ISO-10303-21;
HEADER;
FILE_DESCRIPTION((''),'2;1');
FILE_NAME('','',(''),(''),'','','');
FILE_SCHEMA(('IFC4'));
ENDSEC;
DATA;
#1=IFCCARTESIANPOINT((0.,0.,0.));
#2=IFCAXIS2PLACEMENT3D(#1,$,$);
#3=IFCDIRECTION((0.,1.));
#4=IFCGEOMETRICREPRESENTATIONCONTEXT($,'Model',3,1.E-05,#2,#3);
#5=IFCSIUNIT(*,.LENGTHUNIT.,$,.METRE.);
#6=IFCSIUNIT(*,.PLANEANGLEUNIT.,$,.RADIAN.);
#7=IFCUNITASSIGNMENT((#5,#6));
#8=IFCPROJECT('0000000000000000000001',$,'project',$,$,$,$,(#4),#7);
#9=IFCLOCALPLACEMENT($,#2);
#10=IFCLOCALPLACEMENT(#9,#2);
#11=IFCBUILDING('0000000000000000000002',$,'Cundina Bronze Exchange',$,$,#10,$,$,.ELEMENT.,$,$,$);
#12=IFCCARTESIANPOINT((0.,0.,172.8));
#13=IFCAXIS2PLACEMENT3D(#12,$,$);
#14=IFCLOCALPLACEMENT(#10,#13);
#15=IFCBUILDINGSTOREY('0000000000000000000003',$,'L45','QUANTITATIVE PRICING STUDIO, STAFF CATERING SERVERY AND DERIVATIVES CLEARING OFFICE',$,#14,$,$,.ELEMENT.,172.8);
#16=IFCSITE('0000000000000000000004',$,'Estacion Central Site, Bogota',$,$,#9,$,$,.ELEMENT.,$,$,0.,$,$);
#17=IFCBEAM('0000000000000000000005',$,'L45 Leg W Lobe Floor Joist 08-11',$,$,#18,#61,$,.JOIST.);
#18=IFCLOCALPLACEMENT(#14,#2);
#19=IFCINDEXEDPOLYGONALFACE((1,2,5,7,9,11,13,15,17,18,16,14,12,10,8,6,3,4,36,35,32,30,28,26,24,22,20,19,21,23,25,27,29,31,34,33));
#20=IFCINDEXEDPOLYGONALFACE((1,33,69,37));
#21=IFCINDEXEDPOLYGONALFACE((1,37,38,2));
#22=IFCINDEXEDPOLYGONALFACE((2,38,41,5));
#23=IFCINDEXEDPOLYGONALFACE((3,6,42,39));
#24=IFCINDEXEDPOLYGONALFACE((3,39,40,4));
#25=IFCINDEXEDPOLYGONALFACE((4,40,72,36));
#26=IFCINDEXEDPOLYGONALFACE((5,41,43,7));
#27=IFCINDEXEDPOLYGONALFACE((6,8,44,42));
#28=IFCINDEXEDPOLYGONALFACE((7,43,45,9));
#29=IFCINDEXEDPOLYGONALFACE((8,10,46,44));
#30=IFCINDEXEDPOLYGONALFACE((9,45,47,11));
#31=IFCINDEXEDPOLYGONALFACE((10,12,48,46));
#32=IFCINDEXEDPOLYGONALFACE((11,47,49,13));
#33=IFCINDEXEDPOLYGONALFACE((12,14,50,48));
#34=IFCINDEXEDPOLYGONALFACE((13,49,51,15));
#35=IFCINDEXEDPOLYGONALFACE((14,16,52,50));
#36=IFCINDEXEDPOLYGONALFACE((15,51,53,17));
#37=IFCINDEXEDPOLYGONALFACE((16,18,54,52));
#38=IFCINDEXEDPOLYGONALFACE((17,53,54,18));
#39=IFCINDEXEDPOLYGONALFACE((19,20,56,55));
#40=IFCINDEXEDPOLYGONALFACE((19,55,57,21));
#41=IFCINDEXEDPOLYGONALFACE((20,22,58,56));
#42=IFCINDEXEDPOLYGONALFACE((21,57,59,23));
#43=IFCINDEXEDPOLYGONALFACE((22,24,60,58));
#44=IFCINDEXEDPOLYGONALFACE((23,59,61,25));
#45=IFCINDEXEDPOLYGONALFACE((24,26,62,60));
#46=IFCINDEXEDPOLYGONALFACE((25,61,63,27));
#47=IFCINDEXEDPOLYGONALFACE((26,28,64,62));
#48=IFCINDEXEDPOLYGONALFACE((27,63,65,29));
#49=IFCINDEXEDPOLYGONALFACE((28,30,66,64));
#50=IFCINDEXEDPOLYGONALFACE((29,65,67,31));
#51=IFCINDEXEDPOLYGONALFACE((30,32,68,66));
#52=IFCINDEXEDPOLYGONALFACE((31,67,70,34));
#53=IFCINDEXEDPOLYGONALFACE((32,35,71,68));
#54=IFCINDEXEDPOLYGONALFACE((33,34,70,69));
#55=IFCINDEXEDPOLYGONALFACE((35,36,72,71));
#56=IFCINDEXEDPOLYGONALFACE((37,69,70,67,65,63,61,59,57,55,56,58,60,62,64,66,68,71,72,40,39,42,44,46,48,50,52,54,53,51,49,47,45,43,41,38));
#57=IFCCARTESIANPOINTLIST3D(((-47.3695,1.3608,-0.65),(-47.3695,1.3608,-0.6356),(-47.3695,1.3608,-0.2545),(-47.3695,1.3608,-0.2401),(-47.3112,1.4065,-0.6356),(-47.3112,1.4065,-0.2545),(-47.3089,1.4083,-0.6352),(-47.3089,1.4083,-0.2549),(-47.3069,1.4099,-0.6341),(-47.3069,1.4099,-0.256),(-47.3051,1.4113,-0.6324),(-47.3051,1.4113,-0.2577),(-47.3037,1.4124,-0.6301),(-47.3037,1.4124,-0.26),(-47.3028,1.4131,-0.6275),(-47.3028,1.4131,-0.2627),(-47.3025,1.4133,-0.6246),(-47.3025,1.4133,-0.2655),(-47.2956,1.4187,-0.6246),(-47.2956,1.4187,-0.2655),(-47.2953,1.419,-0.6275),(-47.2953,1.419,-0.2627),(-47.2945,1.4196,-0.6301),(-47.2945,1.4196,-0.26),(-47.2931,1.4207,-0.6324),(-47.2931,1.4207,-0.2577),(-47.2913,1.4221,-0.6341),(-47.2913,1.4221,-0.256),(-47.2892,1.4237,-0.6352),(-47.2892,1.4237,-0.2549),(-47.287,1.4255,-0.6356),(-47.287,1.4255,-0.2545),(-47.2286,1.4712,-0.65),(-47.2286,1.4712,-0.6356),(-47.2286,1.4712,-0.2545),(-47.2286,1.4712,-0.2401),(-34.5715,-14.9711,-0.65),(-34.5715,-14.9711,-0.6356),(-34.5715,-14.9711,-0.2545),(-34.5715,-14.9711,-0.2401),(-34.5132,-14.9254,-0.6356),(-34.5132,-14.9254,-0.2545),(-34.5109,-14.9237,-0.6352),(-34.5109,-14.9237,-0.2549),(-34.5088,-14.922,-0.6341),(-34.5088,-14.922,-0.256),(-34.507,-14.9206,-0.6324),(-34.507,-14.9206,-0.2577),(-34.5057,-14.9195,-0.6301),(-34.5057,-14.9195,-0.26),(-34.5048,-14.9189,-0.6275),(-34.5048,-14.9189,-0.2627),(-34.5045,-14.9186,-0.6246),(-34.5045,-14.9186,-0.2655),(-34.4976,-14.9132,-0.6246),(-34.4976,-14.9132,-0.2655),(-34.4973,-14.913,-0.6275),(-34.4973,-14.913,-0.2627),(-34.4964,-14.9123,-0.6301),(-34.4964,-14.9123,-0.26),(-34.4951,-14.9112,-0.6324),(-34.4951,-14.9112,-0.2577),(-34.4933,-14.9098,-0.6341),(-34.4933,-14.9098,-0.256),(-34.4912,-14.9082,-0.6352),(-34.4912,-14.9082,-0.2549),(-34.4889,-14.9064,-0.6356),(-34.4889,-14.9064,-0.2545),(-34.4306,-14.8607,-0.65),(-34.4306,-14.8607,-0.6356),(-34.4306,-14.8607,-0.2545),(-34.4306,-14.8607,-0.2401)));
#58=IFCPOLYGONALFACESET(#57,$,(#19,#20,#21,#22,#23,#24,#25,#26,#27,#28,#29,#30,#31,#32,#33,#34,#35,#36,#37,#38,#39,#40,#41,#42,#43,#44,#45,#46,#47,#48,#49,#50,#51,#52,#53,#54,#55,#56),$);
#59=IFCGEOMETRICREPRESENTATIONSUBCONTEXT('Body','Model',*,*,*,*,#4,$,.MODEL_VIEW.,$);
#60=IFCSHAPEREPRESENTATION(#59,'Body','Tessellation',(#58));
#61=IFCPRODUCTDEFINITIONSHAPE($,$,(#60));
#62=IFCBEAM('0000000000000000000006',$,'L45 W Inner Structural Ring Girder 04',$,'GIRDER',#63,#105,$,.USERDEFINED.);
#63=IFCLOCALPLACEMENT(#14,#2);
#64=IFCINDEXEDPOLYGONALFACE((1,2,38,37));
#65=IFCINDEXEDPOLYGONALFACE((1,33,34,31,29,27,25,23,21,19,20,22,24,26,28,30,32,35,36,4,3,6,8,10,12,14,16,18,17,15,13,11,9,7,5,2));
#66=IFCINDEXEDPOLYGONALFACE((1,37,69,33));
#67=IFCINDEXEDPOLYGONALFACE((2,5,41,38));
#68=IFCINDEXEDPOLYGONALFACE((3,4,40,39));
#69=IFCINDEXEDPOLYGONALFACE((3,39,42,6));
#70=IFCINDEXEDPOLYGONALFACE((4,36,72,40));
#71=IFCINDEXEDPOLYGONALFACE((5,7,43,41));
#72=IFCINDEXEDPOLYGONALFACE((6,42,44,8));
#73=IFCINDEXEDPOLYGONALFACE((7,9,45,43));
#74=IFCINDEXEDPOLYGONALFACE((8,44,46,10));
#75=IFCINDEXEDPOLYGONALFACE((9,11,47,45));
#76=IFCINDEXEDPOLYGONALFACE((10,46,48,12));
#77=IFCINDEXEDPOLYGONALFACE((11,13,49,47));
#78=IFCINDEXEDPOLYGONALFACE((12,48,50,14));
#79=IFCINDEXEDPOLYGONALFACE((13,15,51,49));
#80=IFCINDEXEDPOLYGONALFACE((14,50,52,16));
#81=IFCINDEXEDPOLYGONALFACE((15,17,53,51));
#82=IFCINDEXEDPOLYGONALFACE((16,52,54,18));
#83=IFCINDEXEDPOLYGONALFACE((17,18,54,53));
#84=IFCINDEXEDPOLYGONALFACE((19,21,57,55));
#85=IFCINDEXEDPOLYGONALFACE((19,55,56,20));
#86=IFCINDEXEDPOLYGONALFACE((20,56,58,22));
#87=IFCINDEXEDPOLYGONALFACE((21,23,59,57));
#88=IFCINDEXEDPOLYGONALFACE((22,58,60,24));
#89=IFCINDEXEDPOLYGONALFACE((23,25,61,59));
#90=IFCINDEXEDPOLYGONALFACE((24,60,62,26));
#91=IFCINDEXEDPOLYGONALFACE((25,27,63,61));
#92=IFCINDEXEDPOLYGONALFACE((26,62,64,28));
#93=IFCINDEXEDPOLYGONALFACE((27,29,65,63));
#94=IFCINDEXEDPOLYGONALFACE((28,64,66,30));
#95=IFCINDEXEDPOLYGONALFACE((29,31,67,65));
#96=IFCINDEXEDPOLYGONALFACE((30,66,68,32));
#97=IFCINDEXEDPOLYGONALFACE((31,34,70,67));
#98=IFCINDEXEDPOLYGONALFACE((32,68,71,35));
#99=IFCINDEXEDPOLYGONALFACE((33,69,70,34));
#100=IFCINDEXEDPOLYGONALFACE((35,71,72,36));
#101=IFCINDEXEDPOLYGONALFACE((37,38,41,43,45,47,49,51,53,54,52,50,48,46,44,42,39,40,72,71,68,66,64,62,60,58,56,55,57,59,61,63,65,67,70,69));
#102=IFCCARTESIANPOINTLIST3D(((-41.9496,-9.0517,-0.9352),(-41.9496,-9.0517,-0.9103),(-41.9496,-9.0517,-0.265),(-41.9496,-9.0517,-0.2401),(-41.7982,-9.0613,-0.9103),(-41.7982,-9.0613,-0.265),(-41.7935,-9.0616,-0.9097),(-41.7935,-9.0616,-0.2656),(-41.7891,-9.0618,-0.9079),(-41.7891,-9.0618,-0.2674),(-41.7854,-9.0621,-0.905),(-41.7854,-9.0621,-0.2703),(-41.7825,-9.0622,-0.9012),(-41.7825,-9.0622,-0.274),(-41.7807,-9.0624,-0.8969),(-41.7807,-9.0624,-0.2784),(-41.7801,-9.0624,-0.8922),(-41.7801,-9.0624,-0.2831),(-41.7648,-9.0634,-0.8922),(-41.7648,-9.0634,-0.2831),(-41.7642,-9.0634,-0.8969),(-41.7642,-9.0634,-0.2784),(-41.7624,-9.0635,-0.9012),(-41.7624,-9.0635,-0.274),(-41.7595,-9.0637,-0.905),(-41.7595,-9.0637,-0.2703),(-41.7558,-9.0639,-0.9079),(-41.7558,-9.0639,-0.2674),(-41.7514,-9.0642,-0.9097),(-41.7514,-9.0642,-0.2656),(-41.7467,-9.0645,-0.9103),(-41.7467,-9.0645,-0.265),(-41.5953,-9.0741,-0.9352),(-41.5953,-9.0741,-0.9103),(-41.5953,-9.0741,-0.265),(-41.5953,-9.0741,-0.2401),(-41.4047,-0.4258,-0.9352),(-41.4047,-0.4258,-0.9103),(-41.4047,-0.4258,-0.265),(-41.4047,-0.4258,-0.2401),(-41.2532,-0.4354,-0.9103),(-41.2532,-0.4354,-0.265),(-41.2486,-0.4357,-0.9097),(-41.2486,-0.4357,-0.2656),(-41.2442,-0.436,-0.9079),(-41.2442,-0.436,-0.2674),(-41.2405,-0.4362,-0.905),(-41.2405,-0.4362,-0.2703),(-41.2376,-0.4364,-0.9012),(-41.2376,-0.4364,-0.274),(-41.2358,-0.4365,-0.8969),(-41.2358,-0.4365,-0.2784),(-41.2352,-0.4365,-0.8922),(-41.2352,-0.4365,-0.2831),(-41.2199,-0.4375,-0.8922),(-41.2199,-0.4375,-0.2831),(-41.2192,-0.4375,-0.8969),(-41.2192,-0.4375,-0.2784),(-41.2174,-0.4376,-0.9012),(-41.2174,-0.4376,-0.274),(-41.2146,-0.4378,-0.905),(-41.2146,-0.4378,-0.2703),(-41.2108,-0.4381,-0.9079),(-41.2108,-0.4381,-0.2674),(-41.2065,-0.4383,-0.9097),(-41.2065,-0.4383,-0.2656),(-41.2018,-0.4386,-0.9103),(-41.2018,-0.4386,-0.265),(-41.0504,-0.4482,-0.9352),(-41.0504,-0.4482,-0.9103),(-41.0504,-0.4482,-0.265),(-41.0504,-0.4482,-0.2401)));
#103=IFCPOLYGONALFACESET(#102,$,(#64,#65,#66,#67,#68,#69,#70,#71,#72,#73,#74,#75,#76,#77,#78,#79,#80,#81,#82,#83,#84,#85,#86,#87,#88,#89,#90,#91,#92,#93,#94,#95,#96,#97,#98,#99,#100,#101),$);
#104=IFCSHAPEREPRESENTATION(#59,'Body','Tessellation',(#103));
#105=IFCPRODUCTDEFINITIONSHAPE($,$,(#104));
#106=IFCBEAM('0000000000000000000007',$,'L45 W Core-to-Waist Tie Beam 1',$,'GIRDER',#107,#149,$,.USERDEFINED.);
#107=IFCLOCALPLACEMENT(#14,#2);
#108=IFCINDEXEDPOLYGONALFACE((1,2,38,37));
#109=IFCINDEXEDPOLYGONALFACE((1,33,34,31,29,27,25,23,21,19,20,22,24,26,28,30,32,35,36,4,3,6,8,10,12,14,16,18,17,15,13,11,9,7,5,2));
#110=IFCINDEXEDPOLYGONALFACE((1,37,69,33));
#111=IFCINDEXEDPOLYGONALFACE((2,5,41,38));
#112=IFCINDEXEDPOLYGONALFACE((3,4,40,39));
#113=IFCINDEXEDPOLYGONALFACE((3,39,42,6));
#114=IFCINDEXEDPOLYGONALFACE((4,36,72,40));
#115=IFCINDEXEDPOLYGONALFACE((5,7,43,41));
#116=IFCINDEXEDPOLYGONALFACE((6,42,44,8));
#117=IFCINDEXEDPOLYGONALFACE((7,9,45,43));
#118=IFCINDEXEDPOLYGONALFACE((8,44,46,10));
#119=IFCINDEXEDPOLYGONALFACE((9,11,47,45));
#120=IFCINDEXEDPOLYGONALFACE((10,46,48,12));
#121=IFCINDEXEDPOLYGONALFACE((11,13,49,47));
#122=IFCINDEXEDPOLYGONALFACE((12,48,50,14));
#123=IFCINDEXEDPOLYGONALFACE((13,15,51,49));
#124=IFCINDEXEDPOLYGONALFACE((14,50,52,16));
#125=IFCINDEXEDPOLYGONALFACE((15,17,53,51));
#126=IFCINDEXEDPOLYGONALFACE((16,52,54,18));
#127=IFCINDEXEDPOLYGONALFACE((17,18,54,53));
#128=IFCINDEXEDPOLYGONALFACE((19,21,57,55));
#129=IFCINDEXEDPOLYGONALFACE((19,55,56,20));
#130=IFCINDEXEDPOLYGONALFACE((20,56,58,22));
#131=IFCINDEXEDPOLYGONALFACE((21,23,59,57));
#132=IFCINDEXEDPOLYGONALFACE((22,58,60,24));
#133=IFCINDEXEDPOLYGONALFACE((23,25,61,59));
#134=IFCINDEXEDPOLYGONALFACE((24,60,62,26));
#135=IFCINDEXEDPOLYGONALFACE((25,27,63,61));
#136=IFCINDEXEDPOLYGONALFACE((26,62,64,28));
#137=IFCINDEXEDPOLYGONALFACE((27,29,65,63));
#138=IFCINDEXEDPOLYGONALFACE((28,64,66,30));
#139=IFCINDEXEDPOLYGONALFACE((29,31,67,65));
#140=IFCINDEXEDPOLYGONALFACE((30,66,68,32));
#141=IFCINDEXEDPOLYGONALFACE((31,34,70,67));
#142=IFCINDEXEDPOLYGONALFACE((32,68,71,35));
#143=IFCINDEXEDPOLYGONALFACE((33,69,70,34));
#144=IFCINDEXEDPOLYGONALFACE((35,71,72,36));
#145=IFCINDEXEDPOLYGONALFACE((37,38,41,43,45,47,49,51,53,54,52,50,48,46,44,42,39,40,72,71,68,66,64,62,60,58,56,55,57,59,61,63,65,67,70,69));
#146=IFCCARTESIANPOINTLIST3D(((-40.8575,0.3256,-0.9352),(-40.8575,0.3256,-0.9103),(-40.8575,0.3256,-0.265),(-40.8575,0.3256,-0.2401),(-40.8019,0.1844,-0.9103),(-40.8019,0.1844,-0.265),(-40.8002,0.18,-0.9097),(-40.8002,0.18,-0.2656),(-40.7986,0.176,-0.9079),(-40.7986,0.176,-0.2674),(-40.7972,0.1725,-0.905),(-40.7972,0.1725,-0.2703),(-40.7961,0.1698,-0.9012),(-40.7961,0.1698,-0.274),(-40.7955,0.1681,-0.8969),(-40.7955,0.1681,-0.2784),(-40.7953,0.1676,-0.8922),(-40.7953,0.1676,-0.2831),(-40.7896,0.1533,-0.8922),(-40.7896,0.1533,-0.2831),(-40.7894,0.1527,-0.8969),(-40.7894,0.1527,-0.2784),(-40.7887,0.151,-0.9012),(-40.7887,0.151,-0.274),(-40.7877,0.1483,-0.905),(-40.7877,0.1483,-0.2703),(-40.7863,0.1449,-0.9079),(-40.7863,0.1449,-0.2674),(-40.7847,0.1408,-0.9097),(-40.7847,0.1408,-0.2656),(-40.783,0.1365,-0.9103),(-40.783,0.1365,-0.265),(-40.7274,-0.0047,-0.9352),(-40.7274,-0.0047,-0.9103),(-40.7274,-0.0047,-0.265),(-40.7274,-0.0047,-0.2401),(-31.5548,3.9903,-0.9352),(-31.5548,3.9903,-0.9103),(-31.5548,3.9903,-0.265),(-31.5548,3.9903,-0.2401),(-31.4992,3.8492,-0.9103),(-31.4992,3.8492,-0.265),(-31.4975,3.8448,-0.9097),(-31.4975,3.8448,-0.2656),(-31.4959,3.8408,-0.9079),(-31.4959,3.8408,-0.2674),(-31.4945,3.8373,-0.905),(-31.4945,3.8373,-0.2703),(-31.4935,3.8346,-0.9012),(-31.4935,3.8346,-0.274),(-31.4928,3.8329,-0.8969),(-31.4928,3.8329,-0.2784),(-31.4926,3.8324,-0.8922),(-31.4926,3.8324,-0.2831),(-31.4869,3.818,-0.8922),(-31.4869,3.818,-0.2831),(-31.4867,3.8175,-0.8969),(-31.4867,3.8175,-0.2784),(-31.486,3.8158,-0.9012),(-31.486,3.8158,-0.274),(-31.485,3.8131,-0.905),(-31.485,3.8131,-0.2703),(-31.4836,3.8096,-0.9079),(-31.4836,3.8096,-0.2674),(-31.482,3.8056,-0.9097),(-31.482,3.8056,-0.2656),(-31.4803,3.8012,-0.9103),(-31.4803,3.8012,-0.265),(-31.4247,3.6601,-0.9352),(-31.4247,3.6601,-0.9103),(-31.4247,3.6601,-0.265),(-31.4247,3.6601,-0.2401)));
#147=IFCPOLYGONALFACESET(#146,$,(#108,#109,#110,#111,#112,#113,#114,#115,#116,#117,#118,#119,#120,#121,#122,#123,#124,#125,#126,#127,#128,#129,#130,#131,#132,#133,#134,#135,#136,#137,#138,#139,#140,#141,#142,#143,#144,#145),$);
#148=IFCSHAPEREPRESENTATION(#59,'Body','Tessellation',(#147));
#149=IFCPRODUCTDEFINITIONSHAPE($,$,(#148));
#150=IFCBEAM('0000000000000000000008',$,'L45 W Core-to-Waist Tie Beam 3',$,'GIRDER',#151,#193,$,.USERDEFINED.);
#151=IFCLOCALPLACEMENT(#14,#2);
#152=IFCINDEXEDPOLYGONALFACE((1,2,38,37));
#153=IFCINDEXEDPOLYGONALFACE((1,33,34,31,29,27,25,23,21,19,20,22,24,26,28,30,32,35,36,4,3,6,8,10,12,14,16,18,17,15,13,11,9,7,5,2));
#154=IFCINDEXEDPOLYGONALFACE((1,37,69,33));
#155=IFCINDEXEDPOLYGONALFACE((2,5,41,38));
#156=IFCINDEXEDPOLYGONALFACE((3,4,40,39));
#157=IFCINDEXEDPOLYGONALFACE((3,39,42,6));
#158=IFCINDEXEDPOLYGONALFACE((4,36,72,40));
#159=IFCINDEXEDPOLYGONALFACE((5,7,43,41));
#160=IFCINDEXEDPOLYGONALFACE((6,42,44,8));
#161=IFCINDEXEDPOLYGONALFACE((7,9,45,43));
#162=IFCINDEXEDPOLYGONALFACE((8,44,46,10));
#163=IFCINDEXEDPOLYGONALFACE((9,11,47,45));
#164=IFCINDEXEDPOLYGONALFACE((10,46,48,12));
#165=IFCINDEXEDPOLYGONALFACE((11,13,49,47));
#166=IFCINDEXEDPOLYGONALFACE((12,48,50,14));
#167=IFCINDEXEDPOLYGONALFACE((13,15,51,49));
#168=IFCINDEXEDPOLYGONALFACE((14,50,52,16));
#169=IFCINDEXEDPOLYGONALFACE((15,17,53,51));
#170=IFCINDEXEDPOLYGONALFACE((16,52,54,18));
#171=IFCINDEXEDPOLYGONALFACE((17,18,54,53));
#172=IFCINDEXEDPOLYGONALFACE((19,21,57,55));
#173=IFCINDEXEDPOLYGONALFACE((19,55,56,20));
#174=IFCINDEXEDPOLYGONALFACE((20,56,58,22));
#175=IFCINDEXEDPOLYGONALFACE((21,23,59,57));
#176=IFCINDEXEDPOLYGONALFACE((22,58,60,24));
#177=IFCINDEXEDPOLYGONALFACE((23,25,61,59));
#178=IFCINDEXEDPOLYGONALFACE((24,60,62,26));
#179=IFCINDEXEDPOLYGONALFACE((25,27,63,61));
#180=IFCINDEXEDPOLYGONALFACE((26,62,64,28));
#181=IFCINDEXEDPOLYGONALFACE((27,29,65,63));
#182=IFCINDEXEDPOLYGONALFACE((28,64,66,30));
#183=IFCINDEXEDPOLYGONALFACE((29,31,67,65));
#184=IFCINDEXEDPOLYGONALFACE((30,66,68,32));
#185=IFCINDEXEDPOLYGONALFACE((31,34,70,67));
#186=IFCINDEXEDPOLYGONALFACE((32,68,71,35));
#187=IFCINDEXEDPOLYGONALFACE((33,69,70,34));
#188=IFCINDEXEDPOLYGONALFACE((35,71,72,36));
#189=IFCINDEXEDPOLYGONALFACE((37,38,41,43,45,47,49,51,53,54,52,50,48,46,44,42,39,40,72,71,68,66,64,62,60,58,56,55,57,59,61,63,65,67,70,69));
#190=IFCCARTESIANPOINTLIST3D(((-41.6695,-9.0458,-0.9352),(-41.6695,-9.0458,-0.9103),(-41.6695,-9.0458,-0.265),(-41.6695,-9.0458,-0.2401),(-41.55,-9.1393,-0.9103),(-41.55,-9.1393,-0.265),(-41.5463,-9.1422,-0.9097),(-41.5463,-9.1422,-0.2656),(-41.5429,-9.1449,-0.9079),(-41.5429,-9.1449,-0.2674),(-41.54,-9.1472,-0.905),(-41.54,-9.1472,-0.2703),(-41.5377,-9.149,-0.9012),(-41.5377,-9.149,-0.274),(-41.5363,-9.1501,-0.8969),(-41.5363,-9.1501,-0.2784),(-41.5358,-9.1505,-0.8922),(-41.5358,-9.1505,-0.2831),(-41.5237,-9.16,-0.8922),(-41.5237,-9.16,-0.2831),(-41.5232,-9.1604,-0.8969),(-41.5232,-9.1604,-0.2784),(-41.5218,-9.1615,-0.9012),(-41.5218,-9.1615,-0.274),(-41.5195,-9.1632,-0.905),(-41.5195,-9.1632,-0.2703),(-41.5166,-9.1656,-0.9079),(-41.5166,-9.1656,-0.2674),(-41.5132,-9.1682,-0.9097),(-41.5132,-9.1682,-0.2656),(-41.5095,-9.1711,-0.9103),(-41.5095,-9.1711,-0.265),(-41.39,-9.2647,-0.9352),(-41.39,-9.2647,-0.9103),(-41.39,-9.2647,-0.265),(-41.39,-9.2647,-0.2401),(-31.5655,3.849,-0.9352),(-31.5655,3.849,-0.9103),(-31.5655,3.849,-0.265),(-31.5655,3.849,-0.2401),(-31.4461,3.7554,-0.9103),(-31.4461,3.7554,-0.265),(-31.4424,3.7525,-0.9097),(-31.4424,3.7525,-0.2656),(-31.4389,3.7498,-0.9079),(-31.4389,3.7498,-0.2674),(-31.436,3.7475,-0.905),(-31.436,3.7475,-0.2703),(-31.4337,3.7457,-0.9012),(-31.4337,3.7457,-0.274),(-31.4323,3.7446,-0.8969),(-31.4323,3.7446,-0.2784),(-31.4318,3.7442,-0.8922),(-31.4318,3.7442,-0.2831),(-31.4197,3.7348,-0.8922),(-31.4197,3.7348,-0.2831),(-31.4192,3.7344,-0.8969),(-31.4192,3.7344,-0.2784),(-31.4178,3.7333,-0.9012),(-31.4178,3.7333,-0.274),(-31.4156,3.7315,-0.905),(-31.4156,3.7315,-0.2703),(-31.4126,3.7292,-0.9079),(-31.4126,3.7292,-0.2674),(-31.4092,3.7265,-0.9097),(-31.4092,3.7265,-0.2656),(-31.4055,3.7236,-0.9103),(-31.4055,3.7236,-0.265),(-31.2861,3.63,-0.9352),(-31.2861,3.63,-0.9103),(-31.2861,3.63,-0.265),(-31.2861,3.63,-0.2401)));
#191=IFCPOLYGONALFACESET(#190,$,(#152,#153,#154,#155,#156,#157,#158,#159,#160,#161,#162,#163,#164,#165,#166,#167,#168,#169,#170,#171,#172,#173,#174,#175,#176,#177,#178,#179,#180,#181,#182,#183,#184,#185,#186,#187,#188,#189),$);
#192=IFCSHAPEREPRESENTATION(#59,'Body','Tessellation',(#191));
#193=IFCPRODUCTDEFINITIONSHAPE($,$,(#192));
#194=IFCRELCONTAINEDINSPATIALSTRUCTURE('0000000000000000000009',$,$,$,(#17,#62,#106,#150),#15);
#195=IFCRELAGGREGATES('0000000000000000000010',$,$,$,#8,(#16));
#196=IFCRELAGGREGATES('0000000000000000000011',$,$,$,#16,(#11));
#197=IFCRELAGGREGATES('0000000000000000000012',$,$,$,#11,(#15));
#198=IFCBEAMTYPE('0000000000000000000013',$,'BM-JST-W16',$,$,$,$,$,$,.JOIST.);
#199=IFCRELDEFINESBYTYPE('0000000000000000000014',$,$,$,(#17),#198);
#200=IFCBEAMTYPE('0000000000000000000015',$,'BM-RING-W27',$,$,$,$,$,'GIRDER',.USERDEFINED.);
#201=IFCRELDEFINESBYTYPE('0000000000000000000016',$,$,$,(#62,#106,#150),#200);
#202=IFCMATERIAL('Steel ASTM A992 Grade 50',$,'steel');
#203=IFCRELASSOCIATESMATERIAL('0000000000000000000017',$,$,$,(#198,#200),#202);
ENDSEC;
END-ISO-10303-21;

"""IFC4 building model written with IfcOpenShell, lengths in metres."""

from ifc_helpers import new_model, si_unit, direction, frame, origin, origin_2d, place, context, subcontext, project, spatial, i_section, extrude, material, material_profile, profile_set, type_object, element, save


model = new_model("IFC4")

# Units and contexts
model_context = context("Model", 3, precision=1e-05, world=origin(), true_north=direction((0.0, 1.0)))
body_context = subcontext(model_context, "Body", "Model", "MODEL_VIEW")
ifc_project = project(units=[si_unit("LENGTHUNIT", "METRE"), si_unit("PLANEANGLEUNIT", "RADIAN")], contexts=[model_context])

# Site, building, storey
site_placement = place(None, origin())
site = spatial("IfcSite", under=ifc_project, at=site_placement, Name="Estacion Central Site, Bogota", CompositionType="ELEMENT", RefElevation=0.0)
building_placement = place(site_placement, origin())
building = spatial("IfcBuilding", under=site, at=building_placement, Name="Cundina Bronze Exchange", CompositionType="ELEMENT")
storey_placement = place(building_placement, frame((0.0, 0.0, 172.8)))
storey = spatial("IfcBuildingStorey", under=building, at=storey_placement, Name="L45", Description="QUANTITATIVE PRICING STUDIO, STAFF CATERING SERVERY AND DERIVATIVES CLEARING OFFICE", CompositionType="ELEMENT", Elevation=172.8)

# Shared definitions
ifc_material_1 = material(Name="Steel ASTM A992 Grade 50", Category="steel")

# Beams
ifc_material_profile_1 = material_profile(ifc_material_1, i_section(OverallWidth=0.179, OverallDepth=0.4099, WebThickness=0.0088, FlangeThickness=0.0144, FilletRadius=0.011, at=origin_2d()), Name="W16X45", Category="steel")
ifc_profile_set_1 = profile_set([ifc_material_profile_1], Name="Steel ASTM A992 Grade 50")
beam_type_1 = type_object("IfcBeamType", Name="BM-JST-W16", PredefinedType="JOIST", material=ifc_profile_set_1)
beam_1_placement = place(storey_placement, frame((-47.2991, 1.416, -0.4451), z_axis=(0.616801, -0.787119, 0.0), x_axis=(0.787119, 0.616801, 0.0)))
element("IfcBeam", 1, at=beam_1_placement, inside=storey, type_object=beam_type_1, Name="L45 Leg W Lobe Floor Joist 08-11", PredefinedType="JOIST", context=body_context, shape_type="SweptSolid", body=[
    extrude(i_section(OverallWidth=0.179, OverallDepth=0.4099, WebThickness=0.0088, FlangeThickness=0.0144, FilletRadius=0.011, at=origin_2d()), origin(), (0.0, 0.0, 1.0), 20.749),
])
ifc_material_profile_2 = material_profile(ifc_material_1, i_section(OverallWidth=0.355, OverallDepth=0.6951, WebThickness=0.0154, FlangeThickness=0.0249, FilletRadius=0.0181, at=origin_2d()), Name="W27X146", Category="steel")
ifc_profile_set_2 = profile_set([ifc_material_profile_2], Name="Steel ASTM A992 Grade 50")
beam_type_2 = type_object("IfcBeamType", Name="BM-RING-W27", ElementType="GIRDER", PredefinedType="USERDEFINED", material=ifc_profile_set_2)
beam_2_placement = place(storey_placement, frame((-41.2275, -0.437, -0.5876), z_axis=(-0.063047, -0.998011, 0.0), x_axis=(0.998011, -0.063047, 0.0)))
element("IfcBeam", 2, at=beam_2_placement, inside=storey, type_object=beam_type_2, Name="L45 W Inner Structural Ring Girder 04", ObjectType="GIRDER", PredefinedType="USERDEFINED", context=body_context, shape_type="SweptSolid", body=[
    extrude(i_section(OverallWidth=0.355, OverallDepth=0.6951, WebThickness=0.0154, FlangeThickness=0.0249, FilletRadius=0.0181, at=origin_2d()), origin(), (0.0, 0.0, 1.0), 8.6431),
])
beam_3_placement = place(storey_placement, frame((-31.4897, 3.8252, -0.5876), z_axis=(-0.930406, -0.366532, 0.0), x_axis=(0.366532, -0.930406, 0.0)))
element("IfcBeam", 3, at=beam_3_placement, inside=storey, type_object=beam_type_2, Name="L45 W Core-to-Waist Tie Beam 1", ObjectType="GIRDER", PredefinedType="USERDEFINED", context=body_context, shape_type="SweptSolid", body=[
    extrude(i_section(OverallWidth=0.355, OverallDepth=0.6951, WebThickness=0.0154, FlangeThickness=0.0249, FilletRadius=0.0181, at=origin_2d()), origin(), (0.0, 0.0, 1.0), 9.9985),
])
beam_4_placement = place(storey_placement, frame((-31.4258, 3.7395, -0.5876), z_axis=(-0.616779, -0.787136, 0.0), x_axis=(0.787136, -0.616779, 0.0)))
element("IfcBeam", 4, at=beam_4_placement, inside=storey, type_object=beam_type_2, Name="L45 W Core-to-Waist Tie Beam 3", ObjectType="GIRDER", PredefinedType="USERDEFINED", context=body_context, shape_type="SweptSolid", body=[
    extrude(i_section(OverallWidth=0.355, OverallDepth=0.6951, WebThickness=0.0154, FlangeThickness=0.0249, FilletRadius=0.0181, at=origin_2d()), origin(), (0.0, 0.0, 1.0), 16.3818),
])

save(model, "model.ifc")
